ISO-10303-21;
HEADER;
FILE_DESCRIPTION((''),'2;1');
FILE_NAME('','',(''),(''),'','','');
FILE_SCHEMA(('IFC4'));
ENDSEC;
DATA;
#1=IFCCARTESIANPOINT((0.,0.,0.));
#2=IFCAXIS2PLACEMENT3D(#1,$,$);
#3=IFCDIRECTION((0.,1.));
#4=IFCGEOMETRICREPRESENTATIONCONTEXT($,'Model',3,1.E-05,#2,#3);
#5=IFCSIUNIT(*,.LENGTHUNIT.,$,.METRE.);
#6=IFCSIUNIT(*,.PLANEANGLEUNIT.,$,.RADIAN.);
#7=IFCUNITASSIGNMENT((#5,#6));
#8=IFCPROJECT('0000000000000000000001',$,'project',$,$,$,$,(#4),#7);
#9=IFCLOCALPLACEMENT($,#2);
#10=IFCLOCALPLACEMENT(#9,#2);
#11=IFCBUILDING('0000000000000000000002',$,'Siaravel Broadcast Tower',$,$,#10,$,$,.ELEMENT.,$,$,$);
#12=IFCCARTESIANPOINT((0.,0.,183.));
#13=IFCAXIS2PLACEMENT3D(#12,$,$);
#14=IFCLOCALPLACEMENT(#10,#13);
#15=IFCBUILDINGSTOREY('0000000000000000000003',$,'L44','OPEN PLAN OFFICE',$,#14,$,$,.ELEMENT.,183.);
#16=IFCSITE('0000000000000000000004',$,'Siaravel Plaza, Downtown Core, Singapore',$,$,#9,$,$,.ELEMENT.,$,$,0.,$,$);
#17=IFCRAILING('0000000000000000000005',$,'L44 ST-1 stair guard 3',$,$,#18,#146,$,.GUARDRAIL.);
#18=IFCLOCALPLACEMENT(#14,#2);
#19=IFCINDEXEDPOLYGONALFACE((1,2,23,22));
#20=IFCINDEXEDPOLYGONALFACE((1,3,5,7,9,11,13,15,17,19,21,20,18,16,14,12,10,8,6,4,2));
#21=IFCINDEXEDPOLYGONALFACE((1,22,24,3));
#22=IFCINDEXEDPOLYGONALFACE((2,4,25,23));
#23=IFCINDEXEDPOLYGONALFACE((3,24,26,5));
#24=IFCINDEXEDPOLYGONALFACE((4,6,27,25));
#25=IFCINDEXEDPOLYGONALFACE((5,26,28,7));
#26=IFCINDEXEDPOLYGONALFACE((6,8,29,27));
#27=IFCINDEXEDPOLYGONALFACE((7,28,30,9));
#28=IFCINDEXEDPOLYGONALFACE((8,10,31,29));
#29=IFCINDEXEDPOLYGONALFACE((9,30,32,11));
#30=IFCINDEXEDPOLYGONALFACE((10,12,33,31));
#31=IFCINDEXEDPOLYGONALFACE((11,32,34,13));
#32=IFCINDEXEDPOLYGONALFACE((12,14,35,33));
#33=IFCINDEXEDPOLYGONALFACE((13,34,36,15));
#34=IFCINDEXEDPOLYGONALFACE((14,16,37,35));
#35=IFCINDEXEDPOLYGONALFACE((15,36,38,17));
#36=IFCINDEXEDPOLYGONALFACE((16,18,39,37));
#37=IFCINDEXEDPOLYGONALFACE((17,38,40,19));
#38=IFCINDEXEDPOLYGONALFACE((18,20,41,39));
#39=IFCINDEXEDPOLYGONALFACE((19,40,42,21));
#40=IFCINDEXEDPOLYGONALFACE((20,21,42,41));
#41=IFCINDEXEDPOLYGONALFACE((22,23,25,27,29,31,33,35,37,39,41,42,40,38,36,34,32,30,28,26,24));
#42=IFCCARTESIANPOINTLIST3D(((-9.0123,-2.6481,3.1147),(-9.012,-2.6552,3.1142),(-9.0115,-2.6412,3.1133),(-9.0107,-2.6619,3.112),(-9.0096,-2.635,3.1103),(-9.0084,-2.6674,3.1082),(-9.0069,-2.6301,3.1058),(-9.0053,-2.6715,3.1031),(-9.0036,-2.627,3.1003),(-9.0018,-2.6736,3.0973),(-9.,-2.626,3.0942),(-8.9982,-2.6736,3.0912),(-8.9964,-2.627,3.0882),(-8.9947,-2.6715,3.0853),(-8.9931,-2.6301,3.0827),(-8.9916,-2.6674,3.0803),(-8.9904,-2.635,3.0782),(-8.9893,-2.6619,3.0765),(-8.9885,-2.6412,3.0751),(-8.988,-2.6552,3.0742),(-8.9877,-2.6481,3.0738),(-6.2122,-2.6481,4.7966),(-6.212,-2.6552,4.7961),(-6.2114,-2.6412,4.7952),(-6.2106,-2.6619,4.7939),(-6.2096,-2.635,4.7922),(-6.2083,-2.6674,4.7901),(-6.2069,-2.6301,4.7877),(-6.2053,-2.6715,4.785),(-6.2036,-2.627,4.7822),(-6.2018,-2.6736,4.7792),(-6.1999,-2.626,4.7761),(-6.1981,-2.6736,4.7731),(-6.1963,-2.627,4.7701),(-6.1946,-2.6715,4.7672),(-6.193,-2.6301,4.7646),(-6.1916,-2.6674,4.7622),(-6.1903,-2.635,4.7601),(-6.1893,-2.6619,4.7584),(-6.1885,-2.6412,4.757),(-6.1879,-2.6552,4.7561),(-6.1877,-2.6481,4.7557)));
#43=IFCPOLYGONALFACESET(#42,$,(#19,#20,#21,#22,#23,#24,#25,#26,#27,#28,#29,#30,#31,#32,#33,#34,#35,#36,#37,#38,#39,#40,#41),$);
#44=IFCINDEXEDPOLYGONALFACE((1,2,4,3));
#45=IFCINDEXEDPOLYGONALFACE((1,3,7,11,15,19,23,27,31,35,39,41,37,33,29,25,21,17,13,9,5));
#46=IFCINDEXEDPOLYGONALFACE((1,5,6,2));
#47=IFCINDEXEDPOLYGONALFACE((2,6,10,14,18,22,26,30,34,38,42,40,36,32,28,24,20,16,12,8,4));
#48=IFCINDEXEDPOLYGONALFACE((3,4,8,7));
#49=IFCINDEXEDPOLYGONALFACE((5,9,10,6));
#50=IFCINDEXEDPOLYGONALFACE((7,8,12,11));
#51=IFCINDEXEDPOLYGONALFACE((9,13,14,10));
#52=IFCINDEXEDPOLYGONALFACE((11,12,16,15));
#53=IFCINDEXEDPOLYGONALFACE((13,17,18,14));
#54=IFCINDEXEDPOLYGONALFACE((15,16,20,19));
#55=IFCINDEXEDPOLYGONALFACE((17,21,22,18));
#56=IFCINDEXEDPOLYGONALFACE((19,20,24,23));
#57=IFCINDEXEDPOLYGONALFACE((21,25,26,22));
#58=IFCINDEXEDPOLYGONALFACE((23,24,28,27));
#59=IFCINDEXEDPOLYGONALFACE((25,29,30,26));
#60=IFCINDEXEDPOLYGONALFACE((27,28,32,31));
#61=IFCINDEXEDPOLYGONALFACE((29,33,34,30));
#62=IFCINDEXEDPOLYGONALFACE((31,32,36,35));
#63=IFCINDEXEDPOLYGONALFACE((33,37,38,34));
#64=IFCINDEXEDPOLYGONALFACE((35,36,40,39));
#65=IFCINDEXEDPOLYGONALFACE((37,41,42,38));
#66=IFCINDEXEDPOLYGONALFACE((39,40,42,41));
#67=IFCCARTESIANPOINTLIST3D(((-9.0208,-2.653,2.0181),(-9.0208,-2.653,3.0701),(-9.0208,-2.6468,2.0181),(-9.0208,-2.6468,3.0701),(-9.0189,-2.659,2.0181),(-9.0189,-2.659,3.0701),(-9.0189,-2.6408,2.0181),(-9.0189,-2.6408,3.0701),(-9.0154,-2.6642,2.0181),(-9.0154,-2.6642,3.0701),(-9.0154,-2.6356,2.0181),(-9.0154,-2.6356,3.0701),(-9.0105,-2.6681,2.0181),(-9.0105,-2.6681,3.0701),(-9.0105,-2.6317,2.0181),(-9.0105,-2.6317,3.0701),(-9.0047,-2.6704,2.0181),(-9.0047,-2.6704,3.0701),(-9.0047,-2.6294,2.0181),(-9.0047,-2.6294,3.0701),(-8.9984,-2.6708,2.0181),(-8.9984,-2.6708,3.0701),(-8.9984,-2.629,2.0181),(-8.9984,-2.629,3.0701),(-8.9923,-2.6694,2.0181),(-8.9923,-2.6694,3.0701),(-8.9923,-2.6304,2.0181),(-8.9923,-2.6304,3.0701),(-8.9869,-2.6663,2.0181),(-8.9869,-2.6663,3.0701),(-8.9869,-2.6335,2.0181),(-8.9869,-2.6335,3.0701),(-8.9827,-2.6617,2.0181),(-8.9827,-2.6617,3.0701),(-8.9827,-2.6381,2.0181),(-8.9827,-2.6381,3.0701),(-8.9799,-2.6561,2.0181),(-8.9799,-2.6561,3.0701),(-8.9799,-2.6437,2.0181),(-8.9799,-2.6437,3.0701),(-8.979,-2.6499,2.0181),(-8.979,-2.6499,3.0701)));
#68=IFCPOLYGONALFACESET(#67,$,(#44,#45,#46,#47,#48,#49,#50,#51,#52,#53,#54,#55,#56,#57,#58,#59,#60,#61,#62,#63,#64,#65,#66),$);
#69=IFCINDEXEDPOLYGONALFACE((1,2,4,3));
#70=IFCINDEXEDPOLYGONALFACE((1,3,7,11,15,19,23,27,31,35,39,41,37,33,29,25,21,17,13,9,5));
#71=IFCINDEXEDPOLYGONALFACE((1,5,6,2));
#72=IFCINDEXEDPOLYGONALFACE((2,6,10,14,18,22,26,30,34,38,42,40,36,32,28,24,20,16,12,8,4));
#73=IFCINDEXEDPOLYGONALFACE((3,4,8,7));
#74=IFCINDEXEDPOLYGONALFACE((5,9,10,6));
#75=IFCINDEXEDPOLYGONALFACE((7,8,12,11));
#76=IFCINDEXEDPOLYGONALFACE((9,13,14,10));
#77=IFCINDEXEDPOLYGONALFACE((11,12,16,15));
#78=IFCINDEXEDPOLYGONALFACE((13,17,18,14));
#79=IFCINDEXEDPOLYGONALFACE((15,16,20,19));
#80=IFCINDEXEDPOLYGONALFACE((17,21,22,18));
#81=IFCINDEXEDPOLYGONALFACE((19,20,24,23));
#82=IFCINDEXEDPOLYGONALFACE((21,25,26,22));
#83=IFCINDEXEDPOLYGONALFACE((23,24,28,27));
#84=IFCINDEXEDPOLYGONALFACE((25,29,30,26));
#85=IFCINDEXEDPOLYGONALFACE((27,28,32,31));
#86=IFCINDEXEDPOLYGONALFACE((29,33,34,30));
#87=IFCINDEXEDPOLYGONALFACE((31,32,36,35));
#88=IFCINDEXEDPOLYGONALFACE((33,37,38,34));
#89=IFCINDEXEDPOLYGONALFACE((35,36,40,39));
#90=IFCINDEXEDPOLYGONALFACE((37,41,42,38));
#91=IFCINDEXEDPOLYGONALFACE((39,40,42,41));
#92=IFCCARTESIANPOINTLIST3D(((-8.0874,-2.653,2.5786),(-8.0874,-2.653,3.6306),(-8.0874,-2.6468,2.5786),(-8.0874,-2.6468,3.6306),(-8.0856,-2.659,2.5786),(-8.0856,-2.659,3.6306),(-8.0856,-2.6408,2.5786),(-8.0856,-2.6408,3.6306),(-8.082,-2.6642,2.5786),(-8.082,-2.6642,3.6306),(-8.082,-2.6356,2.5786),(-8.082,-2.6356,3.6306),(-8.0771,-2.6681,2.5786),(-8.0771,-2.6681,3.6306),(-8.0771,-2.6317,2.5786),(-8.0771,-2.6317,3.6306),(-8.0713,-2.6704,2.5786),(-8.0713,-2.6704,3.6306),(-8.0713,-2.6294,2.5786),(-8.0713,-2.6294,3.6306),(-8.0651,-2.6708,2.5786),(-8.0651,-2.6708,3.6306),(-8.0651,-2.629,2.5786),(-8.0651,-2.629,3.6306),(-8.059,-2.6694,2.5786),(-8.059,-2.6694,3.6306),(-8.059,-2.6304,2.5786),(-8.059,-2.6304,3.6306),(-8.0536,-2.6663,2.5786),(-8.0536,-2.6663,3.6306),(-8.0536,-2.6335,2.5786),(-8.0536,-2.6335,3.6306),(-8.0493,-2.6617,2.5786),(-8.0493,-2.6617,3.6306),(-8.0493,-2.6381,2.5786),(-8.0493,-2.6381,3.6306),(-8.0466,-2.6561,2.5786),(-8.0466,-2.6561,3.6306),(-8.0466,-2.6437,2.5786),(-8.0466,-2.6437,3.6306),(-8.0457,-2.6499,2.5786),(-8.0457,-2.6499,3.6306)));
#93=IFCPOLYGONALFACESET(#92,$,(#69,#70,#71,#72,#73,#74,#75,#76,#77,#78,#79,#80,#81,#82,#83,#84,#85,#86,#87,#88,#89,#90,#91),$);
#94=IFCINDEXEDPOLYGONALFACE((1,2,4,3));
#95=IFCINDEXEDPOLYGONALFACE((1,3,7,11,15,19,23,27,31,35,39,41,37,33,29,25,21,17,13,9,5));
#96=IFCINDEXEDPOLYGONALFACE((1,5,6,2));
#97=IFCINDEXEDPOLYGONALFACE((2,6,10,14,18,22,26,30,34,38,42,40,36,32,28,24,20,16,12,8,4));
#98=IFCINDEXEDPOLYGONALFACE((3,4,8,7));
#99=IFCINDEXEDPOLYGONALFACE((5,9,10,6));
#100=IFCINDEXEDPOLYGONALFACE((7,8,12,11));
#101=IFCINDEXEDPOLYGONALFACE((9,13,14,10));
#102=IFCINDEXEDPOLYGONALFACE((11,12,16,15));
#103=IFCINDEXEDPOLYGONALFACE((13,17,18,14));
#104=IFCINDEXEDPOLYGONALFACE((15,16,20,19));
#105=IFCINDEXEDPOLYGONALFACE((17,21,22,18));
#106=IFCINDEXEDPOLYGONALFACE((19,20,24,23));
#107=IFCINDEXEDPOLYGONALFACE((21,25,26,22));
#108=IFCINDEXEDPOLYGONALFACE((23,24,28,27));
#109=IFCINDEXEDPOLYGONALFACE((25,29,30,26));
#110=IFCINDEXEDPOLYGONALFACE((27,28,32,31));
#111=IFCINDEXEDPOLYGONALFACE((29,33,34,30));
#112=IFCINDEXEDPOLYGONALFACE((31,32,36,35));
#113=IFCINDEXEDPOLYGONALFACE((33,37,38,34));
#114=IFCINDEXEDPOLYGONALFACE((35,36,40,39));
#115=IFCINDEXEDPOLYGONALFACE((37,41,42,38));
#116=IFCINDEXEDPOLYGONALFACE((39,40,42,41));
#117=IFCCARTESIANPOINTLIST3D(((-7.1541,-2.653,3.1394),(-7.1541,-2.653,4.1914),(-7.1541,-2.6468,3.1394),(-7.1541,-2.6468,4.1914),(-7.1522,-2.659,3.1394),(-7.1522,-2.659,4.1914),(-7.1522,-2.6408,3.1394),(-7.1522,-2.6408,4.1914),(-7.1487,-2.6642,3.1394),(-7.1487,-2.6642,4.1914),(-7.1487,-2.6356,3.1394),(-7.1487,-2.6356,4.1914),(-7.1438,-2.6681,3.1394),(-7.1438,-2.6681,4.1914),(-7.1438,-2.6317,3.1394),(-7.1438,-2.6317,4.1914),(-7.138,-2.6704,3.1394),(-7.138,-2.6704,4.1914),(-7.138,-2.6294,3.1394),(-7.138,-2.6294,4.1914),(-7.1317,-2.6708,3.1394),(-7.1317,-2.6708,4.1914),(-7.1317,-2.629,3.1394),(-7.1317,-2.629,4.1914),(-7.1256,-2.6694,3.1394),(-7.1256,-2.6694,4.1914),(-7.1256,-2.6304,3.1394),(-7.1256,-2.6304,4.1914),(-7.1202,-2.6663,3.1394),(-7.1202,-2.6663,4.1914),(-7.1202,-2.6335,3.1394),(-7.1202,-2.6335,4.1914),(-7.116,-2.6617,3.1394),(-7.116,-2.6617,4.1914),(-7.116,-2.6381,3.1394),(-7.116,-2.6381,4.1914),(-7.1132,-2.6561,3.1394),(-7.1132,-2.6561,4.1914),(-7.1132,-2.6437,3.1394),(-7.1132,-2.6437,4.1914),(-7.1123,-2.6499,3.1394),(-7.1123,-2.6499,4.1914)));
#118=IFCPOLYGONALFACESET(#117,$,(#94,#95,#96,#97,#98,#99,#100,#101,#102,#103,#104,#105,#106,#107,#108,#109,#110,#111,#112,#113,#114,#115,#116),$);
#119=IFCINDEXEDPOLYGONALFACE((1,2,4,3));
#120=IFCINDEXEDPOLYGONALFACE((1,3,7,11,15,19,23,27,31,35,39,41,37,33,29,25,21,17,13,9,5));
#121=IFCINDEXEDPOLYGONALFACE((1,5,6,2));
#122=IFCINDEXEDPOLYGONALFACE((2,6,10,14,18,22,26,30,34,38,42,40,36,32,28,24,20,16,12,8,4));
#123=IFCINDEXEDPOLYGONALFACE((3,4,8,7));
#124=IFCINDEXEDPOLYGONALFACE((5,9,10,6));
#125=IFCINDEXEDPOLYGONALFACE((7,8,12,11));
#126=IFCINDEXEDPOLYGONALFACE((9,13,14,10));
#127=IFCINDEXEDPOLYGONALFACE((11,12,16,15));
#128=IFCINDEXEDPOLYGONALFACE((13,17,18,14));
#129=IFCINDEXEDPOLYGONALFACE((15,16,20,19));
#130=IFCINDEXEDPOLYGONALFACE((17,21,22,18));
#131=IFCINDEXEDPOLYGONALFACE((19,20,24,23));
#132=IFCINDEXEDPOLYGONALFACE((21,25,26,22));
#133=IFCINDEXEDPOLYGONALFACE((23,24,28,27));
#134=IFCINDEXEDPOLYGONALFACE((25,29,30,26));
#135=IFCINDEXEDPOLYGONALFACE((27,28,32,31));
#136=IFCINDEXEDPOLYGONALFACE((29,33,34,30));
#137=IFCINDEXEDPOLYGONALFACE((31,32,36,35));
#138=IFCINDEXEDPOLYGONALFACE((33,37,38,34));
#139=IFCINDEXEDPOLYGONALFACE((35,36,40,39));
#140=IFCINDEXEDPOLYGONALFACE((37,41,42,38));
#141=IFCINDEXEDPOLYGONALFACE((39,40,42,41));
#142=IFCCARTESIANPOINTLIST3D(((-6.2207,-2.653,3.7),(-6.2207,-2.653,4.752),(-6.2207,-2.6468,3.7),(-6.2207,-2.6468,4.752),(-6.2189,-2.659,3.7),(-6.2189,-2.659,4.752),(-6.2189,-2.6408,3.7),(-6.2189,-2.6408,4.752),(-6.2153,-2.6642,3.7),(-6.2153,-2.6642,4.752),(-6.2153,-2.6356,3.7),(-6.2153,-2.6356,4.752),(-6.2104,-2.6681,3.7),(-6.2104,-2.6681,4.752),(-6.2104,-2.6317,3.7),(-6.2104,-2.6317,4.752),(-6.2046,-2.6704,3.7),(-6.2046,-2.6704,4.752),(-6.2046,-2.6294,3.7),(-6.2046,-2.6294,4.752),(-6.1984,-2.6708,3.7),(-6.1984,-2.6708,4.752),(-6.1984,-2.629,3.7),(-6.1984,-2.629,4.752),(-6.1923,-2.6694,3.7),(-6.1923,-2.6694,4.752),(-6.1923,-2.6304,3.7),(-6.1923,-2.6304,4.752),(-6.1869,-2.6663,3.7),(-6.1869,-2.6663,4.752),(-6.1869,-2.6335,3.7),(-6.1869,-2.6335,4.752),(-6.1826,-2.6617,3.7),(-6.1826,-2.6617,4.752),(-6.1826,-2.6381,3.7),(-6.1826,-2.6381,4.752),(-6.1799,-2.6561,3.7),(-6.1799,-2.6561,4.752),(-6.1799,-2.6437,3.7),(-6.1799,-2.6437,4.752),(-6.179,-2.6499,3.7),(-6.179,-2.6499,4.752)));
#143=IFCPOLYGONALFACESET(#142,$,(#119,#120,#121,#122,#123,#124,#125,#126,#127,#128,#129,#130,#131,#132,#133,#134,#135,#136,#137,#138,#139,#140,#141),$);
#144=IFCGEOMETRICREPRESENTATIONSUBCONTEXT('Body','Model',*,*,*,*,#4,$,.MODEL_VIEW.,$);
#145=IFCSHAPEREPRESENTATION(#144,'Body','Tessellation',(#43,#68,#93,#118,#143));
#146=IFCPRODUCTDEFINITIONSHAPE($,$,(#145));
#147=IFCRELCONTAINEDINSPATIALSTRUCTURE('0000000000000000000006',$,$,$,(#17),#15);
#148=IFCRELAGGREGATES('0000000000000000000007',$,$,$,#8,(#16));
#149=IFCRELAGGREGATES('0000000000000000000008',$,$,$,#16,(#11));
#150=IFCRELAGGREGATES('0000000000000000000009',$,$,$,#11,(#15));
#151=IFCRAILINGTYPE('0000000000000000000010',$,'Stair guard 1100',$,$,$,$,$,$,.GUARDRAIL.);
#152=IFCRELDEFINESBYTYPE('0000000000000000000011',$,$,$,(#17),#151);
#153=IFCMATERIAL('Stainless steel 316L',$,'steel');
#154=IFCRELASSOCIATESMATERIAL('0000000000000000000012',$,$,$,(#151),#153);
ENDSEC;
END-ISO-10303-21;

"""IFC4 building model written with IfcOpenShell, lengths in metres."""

from ifc_helpers import new_model, si_unit, direction, frame, origin, origin_2d, place, context, subcontext, project, spatial, circle, extrude, material, type_object, element, save


model = new_model("IFC4")

# Units and contexts
model_context = context("Model", 3, precision=1e-05, world=origin(), true_north=direction((0.0, 1.0)))
body_context = subcontext(model_context, "Body", "Model", "MODEL_VIEW")
ifc_project = project(units=[si_unit("LENGTHUNIT", "METRE"), si_unit("PLANEANGLEUNIT", "RADIAN")], contexts=[model_context])

# Site, building, storey
site_placement = place(None, origin())
site = spatial("IfcSite", under=ifc_project, at=site_placement, Name="Siaravel Plaza, Downtown Core, Singapore", CompositionType="ELEMENT", RefElevation=0.0)
building_placement = place(site_placement, origin())
building = spatial("IfcBuilding", under=site, at=building_placement, Name="Siaravel Broadcast Tower", CompositionType="ELEMENT")
storey_placement = place(building_placement, frame((0.0, 0.0, 183.0)))
storey = spatial("IfcBuildingStorey", under=building, at=storey_placement, Name="L44", Description="OPEN PLAN OFFICE", CompositionType="ELEMENT", Elevation=183.0)

# Railing
ifc_material_1 = material(Name="Stainless steel 316L", Category="steel")
railing_type_1 = type_object("IfcRailingType", Name="Stair guard 1100", PredefinedType="GUARDRAIL", material=ifc_material_1)
railing_1_placement = place(storey_placement, frame((-9.0, -2.6499, 2.0181)))
element("IfcRailing", 1, at=railing_1_placement, inside=storey, type_object=railing_type_1, Name="L44 ST-1 stair guard 3", PredefinedType="GUARDRAIL", context=body_context, shape_type="SweptSolid", body=[
    extrude(circle(Radius=0.0239, at=origin_2d()), frame((0.0, 0.0, 1.0762), z_axis=(0.857242, 0.0, 0.514913), x_axis=(0.0, 1.0, 0.0)), (0.0, 0.0, 1.0), 3.2664),
    extrude(circle(Radius=0.021, at=origin_2d()), origin(), (0.0, 0.0, 1.0), 1.052),
    extrude(circle(Radius=0.021, at=origin_2d()), frame((0.9333, 0.0, 0.5605)), (0.0, 0.0, 1.0), 1.052),
    extrude(circle(Radius=0.021, at=origin_2d()), frame((1.8667, 0.0, 1.1213)), (0.0, 0.0, 1.0), 1.052),
    extrude(circle(Radius=0.021, at=origin_2d()), frame((2.8, 0.0, 1.6819)), (0.0, 0.0, 1.0), 1.052),
])

save(model, "model.ifc")
